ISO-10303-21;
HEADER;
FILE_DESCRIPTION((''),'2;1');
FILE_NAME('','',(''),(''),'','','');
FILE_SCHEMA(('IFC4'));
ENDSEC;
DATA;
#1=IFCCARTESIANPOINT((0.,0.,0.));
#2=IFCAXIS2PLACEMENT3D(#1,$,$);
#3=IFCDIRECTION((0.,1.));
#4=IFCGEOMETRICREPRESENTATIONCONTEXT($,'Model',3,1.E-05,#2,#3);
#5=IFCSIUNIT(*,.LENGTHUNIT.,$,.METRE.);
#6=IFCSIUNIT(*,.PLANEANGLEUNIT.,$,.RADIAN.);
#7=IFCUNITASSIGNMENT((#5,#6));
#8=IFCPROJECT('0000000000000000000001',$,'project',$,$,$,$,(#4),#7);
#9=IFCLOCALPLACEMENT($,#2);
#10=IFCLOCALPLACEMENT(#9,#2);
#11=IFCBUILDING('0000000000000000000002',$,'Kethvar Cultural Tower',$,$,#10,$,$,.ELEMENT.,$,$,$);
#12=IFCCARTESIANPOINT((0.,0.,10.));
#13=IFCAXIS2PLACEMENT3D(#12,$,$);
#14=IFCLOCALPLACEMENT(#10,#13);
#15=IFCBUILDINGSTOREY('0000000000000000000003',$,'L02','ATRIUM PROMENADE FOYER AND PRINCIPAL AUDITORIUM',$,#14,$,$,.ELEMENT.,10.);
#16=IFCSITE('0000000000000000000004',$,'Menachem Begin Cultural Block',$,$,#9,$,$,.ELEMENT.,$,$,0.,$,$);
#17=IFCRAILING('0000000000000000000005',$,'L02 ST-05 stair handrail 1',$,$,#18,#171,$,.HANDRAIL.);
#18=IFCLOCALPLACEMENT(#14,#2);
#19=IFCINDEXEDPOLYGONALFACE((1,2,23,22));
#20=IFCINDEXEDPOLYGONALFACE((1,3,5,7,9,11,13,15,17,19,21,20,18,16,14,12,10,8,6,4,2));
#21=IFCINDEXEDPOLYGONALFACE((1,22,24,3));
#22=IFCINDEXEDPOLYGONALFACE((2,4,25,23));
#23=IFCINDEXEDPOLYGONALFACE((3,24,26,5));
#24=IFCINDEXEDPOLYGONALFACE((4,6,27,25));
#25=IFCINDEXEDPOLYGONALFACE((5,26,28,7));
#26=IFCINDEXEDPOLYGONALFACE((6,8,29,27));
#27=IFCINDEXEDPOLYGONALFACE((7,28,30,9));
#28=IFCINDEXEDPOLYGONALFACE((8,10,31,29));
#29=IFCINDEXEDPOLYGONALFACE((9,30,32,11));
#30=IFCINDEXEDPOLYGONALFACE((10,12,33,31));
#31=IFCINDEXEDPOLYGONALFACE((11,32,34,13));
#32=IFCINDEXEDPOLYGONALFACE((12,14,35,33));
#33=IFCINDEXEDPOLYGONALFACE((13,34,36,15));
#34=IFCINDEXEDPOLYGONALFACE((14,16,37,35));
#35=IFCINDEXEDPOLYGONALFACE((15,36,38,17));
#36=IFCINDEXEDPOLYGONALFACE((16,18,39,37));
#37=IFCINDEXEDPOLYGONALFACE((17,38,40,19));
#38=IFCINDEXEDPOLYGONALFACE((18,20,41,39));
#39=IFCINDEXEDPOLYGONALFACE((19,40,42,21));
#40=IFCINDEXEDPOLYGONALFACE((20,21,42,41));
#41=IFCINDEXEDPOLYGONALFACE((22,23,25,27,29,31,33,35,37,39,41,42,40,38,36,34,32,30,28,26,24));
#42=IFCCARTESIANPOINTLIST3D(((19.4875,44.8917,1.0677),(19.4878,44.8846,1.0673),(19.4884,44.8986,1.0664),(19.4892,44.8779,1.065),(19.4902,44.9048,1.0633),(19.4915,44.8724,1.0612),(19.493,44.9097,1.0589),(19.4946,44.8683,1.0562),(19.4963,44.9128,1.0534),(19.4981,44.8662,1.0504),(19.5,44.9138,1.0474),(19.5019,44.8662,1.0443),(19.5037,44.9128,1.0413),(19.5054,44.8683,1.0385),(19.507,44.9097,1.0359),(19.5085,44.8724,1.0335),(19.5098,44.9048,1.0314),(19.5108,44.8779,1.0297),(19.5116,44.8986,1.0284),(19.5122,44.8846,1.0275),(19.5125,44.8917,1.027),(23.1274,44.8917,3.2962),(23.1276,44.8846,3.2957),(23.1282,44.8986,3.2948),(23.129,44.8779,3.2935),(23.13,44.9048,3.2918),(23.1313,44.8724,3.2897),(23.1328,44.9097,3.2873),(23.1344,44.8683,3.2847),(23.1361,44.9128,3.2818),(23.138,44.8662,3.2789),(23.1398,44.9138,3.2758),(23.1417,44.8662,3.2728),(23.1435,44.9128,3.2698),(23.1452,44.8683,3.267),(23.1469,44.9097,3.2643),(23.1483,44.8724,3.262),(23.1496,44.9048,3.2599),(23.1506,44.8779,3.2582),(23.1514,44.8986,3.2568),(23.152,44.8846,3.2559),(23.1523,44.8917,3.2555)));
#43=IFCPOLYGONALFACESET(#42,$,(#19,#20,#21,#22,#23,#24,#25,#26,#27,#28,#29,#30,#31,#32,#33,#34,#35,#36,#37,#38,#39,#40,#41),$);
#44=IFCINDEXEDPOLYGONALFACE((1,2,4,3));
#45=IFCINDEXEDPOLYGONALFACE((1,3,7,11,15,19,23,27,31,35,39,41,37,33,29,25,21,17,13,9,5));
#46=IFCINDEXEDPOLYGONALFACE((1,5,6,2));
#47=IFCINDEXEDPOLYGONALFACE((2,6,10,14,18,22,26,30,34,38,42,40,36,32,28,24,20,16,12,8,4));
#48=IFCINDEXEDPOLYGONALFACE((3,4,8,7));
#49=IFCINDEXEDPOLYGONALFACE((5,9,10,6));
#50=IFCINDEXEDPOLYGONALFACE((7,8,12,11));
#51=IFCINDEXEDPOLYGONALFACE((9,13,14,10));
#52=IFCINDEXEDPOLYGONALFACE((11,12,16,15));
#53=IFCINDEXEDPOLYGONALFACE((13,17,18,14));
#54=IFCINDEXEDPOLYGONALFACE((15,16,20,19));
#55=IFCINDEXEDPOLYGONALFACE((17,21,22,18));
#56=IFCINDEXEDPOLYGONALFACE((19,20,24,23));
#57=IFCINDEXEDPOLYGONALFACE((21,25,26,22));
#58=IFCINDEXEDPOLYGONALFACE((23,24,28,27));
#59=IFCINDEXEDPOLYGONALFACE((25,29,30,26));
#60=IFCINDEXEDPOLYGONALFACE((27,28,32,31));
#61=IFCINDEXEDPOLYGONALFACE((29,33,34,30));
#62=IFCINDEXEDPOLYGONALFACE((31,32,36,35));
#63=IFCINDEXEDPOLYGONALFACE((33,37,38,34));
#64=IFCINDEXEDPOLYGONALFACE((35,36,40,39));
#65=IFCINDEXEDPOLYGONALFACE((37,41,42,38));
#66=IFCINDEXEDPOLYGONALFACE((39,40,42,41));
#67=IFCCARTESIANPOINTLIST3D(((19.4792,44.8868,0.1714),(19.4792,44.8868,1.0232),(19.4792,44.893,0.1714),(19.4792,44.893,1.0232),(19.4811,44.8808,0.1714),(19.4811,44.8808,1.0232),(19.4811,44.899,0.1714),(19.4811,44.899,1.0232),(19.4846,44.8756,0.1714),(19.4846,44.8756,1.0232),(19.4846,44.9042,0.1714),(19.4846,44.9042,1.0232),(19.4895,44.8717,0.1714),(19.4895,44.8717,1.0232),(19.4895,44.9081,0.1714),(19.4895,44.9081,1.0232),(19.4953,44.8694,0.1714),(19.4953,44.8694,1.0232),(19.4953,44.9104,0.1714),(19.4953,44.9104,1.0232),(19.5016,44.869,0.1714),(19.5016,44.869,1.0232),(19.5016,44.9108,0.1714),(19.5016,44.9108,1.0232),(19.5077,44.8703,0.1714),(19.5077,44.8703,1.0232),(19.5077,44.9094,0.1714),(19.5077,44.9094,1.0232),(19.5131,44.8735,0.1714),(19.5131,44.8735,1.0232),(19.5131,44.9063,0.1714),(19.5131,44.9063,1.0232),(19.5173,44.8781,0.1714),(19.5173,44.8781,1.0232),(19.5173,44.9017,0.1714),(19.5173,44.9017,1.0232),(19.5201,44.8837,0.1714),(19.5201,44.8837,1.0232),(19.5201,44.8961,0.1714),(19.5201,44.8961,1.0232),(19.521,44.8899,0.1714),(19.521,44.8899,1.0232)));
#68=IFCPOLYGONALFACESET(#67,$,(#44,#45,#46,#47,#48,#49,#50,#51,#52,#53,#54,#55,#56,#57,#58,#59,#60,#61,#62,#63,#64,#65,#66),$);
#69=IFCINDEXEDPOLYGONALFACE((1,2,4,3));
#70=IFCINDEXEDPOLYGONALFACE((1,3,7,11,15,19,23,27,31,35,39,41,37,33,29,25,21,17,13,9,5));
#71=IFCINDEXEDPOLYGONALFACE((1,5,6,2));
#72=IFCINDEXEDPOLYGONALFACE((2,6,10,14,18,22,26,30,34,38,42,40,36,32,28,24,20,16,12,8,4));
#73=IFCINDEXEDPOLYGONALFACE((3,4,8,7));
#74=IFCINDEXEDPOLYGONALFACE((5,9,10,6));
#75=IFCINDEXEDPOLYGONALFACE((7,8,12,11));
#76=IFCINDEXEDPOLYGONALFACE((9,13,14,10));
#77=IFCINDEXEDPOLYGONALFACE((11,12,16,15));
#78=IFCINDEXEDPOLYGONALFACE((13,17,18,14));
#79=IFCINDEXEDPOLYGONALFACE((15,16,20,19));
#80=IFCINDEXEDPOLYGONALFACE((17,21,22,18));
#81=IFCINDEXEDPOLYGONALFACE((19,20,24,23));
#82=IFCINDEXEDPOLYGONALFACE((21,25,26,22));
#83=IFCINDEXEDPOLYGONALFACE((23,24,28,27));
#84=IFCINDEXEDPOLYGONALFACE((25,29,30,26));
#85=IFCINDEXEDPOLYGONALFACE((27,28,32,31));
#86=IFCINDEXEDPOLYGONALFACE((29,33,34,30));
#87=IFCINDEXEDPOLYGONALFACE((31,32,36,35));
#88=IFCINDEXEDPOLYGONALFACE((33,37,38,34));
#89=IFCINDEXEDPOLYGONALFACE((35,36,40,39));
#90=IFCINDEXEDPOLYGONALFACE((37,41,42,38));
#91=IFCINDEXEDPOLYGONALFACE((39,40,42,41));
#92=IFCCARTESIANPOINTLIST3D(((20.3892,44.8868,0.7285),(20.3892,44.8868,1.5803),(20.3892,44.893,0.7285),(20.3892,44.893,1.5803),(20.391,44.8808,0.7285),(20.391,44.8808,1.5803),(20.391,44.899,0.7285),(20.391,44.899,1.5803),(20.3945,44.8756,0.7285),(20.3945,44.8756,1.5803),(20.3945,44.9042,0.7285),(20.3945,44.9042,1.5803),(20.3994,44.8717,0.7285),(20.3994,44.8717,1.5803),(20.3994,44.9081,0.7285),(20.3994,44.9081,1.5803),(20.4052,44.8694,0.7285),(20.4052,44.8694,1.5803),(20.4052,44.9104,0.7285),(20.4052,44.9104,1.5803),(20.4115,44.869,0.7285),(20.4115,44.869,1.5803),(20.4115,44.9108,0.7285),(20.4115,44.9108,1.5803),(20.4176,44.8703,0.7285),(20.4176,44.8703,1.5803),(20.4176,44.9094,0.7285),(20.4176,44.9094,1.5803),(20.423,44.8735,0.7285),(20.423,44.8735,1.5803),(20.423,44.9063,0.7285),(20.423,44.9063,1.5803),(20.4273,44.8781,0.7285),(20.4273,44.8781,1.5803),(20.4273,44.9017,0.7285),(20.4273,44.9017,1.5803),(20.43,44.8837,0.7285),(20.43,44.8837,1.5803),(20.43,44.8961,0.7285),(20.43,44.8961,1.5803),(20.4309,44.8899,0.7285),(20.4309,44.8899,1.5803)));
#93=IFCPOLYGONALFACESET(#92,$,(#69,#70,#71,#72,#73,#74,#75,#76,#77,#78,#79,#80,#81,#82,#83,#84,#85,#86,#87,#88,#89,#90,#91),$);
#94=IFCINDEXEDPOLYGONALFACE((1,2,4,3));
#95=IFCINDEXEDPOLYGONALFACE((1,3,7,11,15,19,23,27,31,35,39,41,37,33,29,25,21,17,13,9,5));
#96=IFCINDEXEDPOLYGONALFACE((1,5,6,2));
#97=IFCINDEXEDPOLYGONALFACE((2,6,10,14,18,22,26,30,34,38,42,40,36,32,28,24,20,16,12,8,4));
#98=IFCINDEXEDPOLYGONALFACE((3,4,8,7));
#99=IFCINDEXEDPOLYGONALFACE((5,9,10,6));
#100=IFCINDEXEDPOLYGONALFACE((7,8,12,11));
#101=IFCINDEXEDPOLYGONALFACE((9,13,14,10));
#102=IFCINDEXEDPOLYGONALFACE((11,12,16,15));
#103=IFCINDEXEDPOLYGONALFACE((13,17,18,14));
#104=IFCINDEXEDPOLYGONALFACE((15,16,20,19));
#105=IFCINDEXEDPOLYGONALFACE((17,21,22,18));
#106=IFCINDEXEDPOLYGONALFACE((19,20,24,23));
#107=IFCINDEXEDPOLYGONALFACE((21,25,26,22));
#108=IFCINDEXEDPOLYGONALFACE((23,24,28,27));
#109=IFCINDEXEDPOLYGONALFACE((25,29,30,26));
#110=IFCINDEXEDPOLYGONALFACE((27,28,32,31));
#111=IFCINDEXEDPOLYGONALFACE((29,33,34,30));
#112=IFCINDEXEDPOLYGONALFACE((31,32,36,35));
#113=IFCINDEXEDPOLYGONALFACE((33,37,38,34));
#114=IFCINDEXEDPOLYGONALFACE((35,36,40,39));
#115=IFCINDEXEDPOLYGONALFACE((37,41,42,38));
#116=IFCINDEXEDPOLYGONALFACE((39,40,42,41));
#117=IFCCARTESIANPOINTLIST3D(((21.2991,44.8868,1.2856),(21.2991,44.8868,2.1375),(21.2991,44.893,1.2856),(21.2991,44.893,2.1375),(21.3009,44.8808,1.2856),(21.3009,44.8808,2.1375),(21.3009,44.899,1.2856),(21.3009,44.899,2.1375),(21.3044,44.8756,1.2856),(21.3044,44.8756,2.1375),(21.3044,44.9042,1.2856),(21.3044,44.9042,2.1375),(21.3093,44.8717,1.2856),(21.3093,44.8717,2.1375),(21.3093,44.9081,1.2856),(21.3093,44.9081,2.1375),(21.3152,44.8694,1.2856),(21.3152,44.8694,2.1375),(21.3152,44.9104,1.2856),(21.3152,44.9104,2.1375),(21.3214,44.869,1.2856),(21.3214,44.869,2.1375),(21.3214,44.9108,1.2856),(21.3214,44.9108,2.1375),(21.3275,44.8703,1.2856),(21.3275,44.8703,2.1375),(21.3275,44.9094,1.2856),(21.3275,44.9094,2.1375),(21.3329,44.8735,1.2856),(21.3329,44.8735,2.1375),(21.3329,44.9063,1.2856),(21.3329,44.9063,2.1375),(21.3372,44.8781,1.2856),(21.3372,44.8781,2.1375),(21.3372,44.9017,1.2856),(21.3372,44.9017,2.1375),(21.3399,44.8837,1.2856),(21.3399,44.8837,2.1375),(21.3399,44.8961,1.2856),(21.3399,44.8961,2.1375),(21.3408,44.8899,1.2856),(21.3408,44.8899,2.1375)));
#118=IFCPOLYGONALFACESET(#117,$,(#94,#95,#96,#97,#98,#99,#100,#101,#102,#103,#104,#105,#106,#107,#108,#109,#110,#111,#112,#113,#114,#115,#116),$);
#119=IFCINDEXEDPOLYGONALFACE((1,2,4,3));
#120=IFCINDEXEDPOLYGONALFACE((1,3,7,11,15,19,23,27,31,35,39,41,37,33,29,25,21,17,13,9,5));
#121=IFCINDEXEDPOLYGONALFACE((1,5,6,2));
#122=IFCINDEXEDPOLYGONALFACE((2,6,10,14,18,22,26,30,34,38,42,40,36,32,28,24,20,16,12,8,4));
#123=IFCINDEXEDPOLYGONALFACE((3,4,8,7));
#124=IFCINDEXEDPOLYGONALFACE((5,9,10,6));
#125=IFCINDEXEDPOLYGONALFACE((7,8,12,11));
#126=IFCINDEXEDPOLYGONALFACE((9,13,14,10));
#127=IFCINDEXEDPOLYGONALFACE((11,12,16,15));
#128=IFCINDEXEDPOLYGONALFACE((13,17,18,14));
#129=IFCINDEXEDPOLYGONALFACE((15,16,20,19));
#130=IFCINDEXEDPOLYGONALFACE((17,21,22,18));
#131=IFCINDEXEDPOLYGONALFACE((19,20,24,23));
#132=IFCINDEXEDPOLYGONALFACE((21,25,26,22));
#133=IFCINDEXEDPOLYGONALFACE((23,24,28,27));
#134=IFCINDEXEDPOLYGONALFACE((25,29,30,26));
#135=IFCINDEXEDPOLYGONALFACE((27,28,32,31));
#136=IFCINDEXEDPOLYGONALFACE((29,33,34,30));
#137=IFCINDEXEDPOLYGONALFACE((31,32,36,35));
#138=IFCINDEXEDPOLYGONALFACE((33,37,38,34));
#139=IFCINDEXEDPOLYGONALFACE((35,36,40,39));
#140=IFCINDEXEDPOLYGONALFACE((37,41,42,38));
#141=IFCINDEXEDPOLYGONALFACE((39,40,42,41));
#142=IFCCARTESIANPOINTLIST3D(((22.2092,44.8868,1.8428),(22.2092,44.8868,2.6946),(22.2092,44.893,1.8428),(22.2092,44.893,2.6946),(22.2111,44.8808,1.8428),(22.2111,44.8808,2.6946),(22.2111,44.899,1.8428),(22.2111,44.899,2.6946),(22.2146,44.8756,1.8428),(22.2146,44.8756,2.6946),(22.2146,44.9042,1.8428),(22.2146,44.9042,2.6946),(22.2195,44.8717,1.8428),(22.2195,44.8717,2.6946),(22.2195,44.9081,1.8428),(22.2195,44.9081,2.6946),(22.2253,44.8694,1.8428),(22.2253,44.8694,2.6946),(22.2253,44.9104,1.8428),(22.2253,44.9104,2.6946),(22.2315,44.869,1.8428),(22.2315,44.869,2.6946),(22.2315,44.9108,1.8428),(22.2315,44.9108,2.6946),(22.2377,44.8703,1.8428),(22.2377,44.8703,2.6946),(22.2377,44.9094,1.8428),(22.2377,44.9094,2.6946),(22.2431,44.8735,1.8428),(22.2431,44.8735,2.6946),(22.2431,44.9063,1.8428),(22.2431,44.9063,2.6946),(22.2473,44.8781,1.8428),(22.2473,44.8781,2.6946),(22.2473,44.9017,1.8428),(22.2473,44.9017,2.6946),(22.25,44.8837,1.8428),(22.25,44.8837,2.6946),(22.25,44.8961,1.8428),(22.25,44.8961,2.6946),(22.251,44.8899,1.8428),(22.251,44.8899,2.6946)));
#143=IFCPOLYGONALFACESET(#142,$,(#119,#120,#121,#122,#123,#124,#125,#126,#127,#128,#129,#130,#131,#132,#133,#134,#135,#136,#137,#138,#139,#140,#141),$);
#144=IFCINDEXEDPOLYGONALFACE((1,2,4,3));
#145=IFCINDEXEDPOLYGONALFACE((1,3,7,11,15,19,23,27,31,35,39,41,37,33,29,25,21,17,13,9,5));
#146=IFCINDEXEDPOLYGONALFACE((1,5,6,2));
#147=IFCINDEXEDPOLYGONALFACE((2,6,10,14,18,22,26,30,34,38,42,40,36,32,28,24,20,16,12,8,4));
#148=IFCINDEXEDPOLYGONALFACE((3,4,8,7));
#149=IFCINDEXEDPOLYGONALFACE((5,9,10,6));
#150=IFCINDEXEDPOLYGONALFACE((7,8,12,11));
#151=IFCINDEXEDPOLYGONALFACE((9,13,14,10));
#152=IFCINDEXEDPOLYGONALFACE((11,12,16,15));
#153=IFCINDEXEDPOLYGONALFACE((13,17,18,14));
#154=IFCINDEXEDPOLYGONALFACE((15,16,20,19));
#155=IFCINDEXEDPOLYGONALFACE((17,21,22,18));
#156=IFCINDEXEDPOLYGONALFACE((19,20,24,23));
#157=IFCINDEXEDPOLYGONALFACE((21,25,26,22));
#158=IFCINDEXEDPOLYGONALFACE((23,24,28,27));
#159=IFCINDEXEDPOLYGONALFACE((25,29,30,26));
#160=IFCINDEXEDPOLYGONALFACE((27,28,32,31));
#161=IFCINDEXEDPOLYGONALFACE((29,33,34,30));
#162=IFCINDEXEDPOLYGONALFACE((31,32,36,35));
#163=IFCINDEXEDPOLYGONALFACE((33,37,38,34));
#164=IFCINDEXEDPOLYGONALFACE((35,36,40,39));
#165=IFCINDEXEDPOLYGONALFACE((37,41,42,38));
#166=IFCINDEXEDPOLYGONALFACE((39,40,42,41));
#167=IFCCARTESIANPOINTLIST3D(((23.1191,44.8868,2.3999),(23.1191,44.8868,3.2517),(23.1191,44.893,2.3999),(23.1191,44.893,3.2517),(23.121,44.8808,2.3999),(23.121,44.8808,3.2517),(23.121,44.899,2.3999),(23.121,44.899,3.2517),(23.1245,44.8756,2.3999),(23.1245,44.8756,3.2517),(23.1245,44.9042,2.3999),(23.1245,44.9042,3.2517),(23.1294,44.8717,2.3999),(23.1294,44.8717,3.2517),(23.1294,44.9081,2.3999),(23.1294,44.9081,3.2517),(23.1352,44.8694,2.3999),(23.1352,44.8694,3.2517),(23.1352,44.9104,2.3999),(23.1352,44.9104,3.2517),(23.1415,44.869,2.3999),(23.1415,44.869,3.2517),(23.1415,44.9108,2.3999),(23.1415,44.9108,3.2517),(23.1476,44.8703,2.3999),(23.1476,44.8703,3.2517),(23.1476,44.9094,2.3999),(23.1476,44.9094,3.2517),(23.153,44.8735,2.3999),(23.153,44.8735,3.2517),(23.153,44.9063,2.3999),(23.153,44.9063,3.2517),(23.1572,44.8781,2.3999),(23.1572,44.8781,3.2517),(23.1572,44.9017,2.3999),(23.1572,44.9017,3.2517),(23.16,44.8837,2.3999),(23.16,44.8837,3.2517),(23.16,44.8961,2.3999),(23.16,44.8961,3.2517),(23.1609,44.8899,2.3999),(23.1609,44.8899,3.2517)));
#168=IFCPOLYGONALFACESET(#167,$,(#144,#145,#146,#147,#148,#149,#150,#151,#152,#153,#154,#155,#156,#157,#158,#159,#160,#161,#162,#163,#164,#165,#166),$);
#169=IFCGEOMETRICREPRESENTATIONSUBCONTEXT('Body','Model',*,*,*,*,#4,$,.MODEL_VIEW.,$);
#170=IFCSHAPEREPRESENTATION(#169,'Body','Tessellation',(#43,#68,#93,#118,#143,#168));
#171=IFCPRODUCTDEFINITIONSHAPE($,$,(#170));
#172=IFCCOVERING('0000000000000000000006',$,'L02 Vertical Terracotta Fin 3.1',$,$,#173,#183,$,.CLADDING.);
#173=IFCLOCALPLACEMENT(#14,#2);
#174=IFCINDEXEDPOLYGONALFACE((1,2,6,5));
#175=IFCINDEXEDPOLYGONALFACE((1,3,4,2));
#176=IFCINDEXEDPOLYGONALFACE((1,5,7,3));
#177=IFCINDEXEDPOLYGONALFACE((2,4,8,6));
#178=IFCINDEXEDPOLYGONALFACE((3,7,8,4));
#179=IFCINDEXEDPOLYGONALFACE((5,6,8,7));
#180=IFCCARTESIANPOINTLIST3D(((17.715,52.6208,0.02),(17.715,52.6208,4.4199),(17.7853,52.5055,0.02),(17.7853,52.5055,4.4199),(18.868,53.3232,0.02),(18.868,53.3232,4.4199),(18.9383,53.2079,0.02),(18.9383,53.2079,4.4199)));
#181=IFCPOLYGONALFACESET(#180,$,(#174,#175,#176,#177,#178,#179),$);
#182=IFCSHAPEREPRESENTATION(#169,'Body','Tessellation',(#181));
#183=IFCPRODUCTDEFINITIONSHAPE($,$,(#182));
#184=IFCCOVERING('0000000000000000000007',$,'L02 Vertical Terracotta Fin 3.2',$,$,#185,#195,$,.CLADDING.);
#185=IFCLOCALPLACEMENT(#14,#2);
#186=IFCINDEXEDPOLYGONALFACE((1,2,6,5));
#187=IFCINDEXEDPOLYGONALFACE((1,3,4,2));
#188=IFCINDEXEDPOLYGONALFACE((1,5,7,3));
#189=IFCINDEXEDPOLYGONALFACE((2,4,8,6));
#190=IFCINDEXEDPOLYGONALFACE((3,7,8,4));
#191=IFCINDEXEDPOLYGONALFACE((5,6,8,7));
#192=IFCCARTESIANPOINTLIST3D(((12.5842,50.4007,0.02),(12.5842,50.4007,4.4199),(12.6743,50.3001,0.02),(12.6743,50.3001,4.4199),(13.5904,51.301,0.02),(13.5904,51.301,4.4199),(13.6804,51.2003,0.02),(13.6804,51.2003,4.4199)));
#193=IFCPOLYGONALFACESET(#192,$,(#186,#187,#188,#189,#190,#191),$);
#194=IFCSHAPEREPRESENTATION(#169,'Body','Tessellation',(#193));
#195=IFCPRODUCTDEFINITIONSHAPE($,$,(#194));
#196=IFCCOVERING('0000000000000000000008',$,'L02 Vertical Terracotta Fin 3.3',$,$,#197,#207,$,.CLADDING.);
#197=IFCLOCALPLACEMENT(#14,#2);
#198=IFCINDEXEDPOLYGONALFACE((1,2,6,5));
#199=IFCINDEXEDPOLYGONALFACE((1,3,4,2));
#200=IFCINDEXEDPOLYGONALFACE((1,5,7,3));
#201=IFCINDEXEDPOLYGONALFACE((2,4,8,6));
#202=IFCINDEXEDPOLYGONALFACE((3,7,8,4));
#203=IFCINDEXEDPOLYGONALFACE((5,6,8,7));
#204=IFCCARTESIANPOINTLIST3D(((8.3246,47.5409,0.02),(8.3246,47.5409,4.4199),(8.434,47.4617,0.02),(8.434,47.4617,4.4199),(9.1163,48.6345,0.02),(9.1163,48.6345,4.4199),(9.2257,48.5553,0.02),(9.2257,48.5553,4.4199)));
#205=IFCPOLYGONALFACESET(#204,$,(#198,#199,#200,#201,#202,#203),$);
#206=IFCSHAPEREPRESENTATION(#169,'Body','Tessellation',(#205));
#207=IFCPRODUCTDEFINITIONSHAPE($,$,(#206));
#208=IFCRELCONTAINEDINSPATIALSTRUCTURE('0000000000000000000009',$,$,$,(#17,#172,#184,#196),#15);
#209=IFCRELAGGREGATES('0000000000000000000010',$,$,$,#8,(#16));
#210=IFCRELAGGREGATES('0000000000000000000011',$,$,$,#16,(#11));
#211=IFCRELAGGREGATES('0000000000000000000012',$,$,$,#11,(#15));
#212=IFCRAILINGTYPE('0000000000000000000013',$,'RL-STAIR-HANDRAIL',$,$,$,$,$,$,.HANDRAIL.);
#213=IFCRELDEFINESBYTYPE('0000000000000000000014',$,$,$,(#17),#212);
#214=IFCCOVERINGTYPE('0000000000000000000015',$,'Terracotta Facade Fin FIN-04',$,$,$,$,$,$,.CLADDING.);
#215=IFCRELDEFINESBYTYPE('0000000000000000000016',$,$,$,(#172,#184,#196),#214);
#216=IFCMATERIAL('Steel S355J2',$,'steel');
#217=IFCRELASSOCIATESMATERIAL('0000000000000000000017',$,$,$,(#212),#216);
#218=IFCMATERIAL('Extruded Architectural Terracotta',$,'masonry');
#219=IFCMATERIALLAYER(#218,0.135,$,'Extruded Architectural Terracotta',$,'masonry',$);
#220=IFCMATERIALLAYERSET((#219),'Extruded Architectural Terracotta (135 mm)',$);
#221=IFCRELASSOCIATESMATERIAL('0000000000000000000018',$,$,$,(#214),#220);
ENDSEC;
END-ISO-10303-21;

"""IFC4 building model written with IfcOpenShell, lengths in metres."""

from ifc_helpers import new_model, si_unit, direction, frame, origin, origin_2d, place, context, subcontext, project, spatial, rectangle, circle, extrude, source, transform, mapped, material, layer, layer_set, type_object, element, save


model = new_model("IFC4")

# Units and contexts
model_context = context("Model", 3, precision=1e-05, world=origin(), true_north=direction((0.0, 1.0)))
body_context = subcontext(model_context, "Body", "Model", "MODEL_VIEW")
ifc_project = project(units=[si_unit("LENGTHUNIT", "METRE"), si_unit("PLANEANGLEUNIT", "RADIAN")], contexts=[model_context])

# Site, building, storey
site_placement = place(None, origin())
site = spatial("IfcSite", under=ifc_project, at=site_placement, Name="Menachem Begin Cultural Block", CompositionType="ELEMENT", RefElevation=0.0)
building_placement = place(site_placement, origin())
building = spatial("IfcBuilding", under=site, at=building_placement, Name="Kethvar Cultural Tower", CompositionType="ELEMENT")
storey_placement = place(building_placement, frame((0.0, 0.0, 10.0)))
storey = spatial("IfcBuildingStorey", under=building, at=storey_placement, Name="L02", Description="ATRIUM PROMENADE FOYER AND PRINCIPAL AUDITORIUM", CompositionType="ELEMENT", Elevation=10.0)

# Railing
ifc_material_1 = material(Name="Steel S355J2", Category="steel")
railing_type_1 = type_object("IfcRailingType", Name="RL-STAIR-HANDRAIL", PredefinedType="HANDRAIL", material=ifc_material_1)
railing_1_placement = place(storey_placement, frame((19.5, 44.8899, 0.1714)))
element("IfcRailing", 1, at=railing_1_placement, inside=storey, type_object=railing_type_1, Name="L02 ST-05 stair handrail 1", PredefinedType="HANDRAIL", context=body_context, shape_type="SweptSolid", body=[
    extrude(circle(Radius=0.0239, at=origin_2d()), frame((0.0, 0.0, 0.876), z_axis=(0.85285, 0.0, 0.522156), x_axis=(0.0, 1.0, 0.0)), (0.0, 0.0, 1.0), 4.2678),
    extrude(circle(Radius=0.021, at=origin_2d()), origin(), (0.0, 0.0, 1.0), 0.8518),
    extrude(circle(Radius=0.021, at=origin_2d()), frame((0.9099, 0.0, 0.5571)), (0.0, 0.0, 1.0), 0.8518),
    extrude(circle(Radius=0.021, at=origin_2d()), frame((1.8198, 0.0, 1.1143)), (0.0, 0.0, 1.0), 0.8518),
    extrude(circle(Radius=0.021, at=origin_2d()), frame((2.73, 0.0, 1.6714)), (0.0, 0.0, 1.0), 0.8518),
    extrude(circle(Radius=0.021, at=origin_2d()), frame((3.6399, 0.0, 2.2285)), (0.0, 0.0, 1.0), 0.8518),
])

# Coverings
ifc_material_2 = material(Name="Extruded Architectural Terracotta", Category="masonry")
ifc_layer_1 = layer(ifc_material_2, 0.135, Name="Extruded Architectural Terracotta", Category="masonry")
ifc_layer_set_1 = layer_set([ifc_layer_1], Name="Extruded Architectural Terracotta (135 mm)")
covering_type = type_object("IfcCoveringType", Name="Terracotta Facade Fin FIN-04", PredefinedType="CLADDING", material=ifc_layer_set_1)
shared_shape_1 = source(origin(), body_context, "Body", "SweptSolid", [
    extrude(rectangle(XDim=1.3501, YDim=0.135, at=origin_2d()), origin(), (0.0, 0.0, 1.0), 4.3999),
])
for number, where, z_axis, x_axis, name in (
    (2, (18.3267, 52.9143, 0.02), (0.0, 0.0, 1.0), (0.854005, 0.520265, 0.0), "L02 Vertical Terracotta Fin 3.1"),
    (3, (13.1323, 50.8005, 0.02), (0.0, 0.0, 1.0), (0.745243, 0.666793, 0.0), "L02 Vertical Terracotta Fin 3.2"),
    (4, (8.7751, 48.0481, 0.02), (0.0, 0.0, 1.0), (0.586372, 0.810042, 0.0), "L02 Vertical Terracotta Fin 3.3"),
):
    element("IfcCovering", number, at=place(storey_placement, frame(where, z_axis=z_axis, x_axis=x_axis)), inside=storey, type_object=covering_type, Name=name, PredefinedType="CLADDING", context=body_context, shape_type="MappedRepresentation", body=[
        mapped(shared_shape_1, transform((0.0, 0.0, 0.0), scale=1.0)),
    ])

save(model, "model.ifc")
